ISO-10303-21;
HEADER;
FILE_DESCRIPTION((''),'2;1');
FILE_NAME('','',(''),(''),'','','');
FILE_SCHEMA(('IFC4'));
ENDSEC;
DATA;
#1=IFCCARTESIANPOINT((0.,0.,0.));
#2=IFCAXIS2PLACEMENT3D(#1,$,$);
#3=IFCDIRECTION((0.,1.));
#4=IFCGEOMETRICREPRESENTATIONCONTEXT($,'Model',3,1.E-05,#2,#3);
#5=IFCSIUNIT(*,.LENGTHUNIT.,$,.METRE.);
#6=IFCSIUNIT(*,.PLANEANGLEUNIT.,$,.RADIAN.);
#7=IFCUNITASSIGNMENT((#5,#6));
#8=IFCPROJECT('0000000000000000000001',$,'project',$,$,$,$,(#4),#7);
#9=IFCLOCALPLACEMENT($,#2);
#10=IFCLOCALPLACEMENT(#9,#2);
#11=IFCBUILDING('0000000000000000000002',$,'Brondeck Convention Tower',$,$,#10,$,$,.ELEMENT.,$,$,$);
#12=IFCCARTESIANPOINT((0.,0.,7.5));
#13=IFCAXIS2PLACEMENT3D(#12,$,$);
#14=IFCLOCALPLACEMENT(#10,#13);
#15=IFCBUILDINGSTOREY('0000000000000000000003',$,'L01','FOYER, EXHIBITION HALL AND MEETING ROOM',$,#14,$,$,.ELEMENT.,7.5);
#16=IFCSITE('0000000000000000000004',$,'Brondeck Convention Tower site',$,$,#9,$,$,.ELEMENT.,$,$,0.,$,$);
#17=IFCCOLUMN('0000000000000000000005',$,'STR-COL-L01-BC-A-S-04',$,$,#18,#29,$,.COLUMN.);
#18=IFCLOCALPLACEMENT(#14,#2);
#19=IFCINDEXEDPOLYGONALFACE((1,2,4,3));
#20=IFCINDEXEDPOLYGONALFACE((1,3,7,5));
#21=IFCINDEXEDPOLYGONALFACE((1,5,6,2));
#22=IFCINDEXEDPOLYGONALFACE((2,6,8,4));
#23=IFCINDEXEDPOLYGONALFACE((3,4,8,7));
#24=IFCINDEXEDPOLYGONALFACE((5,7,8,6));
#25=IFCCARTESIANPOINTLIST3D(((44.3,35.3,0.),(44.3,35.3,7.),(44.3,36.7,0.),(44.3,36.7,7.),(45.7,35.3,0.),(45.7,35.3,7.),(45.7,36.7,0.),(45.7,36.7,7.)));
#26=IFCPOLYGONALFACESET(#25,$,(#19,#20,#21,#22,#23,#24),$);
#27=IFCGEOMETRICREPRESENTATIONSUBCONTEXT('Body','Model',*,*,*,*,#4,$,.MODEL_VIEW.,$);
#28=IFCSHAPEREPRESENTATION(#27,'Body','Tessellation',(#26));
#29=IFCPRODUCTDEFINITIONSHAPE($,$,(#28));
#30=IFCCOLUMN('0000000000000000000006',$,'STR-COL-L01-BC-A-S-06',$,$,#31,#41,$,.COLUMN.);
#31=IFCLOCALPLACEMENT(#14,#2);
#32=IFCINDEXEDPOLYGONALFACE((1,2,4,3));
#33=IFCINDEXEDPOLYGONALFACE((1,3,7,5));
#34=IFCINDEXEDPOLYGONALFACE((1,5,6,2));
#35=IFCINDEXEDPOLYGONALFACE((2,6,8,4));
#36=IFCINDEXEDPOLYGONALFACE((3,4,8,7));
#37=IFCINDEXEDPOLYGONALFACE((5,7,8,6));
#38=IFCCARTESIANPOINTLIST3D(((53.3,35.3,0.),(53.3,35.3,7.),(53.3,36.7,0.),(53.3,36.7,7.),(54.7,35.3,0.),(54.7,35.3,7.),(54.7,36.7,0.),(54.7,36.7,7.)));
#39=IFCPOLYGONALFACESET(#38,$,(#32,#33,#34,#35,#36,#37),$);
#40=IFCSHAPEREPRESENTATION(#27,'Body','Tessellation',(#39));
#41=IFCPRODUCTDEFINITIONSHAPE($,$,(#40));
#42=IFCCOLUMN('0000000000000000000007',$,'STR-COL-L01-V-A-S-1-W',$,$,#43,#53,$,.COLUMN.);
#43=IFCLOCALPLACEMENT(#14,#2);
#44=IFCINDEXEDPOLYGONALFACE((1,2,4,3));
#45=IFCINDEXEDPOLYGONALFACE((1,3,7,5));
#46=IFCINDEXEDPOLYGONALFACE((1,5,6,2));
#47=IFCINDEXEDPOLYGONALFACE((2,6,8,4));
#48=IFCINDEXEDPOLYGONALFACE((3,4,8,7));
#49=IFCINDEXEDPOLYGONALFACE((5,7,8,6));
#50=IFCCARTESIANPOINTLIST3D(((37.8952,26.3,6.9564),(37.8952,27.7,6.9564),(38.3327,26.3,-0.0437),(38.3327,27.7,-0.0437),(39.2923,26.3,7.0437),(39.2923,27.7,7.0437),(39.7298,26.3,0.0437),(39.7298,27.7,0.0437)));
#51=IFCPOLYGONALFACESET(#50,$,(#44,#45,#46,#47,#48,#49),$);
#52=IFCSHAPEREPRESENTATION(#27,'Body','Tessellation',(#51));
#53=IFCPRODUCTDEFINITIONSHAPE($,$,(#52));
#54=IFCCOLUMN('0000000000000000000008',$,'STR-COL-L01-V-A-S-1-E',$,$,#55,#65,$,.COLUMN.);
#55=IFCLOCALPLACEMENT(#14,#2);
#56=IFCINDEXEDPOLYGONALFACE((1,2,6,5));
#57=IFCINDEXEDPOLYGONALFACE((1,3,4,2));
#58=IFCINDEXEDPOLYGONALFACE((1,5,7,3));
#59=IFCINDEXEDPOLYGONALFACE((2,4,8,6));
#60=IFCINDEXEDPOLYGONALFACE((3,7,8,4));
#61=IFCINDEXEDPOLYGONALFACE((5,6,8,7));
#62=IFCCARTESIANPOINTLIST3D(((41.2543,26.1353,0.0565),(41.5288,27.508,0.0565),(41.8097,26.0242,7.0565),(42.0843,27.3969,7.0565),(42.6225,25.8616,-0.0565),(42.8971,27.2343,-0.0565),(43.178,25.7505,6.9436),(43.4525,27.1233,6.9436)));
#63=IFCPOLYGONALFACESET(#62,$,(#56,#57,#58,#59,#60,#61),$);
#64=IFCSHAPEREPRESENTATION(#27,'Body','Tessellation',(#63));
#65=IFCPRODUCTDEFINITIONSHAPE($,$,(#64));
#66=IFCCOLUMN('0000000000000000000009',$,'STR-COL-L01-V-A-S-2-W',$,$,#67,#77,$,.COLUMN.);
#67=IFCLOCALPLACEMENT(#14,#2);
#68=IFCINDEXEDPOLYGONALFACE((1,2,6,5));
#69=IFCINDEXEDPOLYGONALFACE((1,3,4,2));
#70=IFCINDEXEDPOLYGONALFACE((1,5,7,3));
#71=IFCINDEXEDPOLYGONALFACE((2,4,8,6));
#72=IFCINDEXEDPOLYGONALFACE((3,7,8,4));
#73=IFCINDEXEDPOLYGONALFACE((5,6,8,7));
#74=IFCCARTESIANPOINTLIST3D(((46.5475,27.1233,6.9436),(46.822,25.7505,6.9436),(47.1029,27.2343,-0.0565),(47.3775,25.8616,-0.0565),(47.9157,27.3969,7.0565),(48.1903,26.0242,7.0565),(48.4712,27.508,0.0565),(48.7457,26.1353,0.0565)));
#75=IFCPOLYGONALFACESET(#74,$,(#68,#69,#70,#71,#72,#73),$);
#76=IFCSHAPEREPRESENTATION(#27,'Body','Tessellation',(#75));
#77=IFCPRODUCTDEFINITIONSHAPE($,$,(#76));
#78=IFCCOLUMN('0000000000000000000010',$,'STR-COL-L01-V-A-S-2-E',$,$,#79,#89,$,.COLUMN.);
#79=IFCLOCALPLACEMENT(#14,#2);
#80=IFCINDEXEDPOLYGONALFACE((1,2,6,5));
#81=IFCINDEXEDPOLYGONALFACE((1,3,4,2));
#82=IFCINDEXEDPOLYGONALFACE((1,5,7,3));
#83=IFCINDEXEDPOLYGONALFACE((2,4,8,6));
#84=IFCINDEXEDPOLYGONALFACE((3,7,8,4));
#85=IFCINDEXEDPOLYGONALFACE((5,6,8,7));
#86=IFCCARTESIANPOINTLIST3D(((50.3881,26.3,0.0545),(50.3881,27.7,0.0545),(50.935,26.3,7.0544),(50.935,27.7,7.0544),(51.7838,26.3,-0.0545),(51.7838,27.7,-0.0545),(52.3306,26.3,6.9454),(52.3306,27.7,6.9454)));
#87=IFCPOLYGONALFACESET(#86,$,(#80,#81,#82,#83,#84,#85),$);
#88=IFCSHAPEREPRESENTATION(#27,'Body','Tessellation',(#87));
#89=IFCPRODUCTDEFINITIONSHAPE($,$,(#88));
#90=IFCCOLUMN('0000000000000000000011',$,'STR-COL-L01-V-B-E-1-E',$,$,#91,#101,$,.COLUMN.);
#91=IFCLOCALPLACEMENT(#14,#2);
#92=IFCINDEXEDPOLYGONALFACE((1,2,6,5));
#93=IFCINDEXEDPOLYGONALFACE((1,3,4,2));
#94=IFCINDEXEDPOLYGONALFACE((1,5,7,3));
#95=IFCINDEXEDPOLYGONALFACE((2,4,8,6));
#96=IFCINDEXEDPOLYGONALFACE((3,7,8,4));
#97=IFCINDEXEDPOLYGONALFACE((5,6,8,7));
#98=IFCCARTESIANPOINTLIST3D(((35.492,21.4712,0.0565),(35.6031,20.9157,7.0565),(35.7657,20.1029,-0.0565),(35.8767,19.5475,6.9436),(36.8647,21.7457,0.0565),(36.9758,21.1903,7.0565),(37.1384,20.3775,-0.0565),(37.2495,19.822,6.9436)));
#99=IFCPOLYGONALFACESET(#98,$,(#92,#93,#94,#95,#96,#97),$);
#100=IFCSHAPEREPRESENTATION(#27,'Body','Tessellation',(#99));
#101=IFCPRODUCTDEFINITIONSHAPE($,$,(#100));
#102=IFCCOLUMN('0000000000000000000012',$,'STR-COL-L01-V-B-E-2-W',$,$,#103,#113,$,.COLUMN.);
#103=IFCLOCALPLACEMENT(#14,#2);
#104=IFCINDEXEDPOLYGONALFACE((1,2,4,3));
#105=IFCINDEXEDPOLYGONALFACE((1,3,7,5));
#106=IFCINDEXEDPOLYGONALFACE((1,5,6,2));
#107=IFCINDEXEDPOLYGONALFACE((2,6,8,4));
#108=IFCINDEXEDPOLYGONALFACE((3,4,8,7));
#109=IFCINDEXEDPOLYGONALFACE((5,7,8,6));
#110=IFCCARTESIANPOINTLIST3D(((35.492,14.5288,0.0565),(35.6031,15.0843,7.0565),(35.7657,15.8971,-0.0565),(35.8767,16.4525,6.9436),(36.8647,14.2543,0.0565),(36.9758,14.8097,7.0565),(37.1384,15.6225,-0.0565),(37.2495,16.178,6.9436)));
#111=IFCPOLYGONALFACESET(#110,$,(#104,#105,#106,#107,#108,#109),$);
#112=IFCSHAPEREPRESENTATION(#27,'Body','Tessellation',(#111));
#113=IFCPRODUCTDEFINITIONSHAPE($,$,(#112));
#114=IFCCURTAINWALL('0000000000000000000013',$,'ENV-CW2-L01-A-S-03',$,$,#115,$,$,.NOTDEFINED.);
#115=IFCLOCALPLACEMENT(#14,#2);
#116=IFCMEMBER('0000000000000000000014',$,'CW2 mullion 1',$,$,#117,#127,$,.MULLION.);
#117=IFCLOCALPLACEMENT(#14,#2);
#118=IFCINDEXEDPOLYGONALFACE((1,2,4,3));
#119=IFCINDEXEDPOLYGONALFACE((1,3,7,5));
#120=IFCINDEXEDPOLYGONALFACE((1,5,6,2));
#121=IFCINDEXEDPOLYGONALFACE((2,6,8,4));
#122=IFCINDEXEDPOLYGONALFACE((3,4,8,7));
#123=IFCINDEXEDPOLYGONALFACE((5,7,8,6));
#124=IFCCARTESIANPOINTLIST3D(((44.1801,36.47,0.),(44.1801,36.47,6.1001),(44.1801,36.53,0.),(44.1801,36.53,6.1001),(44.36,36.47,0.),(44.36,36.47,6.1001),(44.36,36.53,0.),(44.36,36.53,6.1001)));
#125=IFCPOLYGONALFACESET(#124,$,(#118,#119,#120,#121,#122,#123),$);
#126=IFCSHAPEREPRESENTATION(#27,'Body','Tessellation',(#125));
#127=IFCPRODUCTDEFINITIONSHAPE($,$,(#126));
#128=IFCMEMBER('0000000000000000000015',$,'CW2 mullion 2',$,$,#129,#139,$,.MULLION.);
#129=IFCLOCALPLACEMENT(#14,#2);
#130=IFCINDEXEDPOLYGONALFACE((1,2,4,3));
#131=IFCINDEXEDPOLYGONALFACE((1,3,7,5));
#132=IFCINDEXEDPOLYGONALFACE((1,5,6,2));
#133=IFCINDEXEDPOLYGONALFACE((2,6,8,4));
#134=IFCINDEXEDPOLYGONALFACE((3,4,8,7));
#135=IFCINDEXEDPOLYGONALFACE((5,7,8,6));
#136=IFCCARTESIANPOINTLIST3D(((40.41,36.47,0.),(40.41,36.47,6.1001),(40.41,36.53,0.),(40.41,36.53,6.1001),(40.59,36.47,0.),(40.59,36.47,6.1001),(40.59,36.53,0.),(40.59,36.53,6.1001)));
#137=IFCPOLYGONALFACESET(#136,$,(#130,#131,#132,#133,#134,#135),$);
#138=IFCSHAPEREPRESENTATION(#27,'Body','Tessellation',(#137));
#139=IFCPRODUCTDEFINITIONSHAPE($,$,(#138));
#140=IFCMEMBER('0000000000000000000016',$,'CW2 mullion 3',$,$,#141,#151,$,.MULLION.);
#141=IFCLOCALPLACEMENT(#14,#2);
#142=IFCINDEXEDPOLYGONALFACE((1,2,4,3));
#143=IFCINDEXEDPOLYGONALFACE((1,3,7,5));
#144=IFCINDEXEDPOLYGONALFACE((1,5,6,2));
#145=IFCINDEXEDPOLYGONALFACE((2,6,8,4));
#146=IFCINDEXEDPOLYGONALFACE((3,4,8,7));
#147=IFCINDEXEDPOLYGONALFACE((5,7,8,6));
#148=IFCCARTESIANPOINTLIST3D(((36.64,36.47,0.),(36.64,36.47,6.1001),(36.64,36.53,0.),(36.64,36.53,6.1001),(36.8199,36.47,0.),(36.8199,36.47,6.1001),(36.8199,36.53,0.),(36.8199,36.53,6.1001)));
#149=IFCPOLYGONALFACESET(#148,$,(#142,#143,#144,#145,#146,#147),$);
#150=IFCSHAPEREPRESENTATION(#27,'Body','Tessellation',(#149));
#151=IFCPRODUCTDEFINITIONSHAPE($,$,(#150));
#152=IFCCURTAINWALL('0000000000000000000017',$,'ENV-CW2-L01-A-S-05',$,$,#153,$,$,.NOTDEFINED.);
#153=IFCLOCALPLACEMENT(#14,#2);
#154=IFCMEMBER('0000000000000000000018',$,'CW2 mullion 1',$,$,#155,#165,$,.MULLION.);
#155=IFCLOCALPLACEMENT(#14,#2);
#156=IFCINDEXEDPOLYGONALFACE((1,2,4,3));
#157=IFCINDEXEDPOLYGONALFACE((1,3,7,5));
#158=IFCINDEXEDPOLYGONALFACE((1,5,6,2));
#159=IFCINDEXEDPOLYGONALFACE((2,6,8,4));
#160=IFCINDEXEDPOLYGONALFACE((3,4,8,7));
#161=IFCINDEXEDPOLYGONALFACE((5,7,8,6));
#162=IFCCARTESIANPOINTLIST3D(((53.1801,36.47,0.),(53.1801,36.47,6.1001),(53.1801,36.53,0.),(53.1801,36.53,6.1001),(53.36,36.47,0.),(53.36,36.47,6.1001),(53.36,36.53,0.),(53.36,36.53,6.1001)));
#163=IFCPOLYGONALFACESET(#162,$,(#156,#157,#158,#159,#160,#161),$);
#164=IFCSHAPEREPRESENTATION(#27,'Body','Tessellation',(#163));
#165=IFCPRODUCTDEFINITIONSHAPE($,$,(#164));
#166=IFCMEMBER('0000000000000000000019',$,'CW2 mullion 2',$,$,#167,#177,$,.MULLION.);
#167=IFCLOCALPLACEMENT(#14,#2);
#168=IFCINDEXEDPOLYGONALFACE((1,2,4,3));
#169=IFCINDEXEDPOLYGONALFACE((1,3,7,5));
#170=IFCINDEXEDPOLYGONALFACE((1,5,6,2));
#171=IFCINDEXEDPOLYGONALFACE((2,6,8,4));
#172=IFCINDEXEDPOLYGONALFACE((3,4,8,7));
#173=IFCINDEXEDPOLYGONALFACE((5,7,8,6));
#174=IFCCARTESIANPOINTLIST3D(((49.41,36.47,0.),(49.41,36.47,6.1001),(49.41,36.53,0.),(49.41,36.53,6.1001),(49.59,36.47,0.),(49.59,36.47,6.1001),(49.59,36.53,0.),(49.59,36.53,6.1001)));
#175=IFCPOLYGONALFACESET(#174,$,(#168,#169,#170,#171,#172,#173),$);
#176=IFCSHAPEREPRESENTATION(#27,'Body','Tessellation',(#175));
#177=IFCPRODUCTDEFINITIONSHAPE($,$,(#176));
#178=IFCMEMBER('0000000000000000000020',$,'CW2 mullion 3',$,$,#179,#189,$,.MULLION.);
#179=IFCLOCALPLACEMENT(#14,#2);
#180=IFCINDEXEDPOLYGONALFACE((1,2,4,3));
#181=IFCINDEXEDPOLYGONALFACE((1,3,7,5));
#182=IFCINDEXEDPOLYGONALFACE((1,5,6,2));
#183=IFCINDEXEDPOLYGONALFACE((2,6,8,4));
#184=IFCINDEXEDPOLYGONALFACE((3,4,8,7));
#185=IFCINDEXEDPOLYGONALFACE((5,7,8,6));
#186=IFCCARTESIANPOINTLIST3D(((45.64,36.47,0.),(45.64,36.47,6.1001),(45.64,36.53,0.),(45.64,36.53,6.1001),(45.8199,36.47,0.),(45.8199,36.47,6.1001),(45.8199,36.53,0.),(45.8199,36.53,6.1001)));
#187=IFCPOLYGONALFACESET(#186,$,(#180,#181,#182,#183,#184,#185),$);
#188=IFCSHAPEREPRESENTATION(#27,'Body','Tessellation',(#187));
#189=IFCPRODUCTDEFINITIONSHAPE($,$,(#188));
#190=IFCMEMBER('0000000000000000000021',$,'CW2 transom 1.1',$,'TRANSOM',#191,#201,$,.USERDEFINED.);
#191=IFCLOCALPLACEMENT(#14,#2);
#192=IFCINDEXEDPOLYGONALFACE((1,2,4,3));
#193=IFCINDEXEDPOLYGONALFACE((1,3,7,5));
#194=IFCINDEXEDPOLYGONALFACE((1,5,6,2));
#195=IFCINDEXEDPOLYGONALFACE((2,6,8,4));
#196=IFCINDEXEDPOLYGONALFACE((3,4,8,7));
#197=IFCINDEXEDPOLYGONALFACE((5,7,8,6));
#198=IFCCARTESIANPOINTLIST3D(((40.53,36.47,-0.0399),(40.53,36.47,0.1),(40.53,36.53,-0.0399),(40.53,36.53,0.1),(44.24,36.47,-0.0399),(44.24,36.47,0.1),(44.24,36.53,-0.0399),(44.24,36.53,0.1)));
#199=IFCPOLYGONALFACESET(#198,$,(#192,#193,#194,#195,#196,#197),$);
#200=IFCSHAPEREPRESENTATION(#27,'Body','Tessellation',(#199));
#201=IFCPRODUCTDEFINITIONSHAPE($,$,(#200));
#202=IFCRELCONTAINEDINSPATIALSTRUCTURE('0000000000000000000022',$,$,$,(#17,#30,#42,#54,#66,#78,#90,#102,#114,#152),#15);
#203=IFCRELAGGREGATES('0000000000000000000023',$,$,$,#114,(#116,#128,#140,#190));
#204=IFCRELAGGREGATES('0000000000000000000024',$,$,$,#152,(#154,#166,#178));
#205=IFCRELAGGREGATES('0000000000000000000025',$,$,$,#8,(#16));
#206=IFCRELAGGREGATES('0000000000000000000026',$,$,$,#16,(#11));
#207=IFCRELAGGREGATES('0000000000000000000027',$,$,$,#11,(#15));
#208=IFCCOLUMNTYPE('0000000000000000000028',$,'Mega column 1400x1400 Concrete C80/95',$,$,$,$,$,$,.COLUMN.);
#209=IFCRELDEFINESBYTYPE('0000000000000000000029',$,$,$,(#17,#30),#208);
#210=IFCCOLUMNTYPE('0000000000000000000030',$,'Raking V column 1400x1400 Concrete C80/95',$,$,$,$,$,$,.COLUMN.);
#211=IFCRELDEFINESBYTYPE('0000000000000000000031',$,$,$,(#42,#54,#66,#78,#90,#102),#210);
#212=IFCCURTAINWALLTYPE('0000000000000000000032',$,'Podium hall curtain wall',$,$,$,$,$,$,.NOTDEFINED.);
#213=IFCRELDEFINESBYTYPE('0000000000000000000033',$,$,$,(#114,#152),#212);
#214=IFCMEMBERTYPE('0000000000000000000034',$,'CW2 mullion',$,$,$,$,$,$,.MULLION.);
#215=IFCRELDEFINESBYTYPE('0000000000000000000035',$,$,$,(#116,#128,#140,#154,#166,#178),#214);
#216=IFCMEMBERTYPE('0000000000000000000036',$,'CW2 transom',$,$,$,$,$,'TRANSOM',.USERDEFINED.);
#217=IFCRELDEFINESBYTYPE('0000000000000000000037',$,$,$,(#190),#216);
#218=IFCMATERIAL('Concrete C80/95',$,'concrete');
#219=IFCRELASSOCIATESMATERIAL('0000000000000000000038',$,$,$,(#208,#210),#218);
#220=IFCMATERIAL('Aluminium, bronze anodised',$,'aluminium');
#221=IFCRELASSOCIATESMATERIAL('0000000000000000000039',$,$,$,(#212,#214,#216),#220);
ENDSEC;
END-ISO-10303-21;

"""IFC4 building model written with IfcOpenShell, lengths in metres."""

from ifc_helpers import new_model, si_unit, direction, frame, origin, origin_2d, place, context, subcontext, project, spatial, rectangle, extrude, material, material_profile, profile_set, type_object, element, aggregate, save


model = new_model("IFC4")

# Units and contexts
model_context = context("Model", 3, precision=1e-05, world=origin(), true_north=direction((0.0, 1.0)))
body_context = subcontext(model_context, "Body", "Model", "MODEL_VIEW")
ifc_project = project(units=[si_unit("LENGTHUNIT", "METRE"), si_unit("PLANEANGLEUNIT", "RADIAN")], contexts=[model_context])

# Site, building, storey
site_placement = place(None, origin())
site = spatial("IfcSite", under=ifc_project, at=site_placement, Name="Brondeck Convention Tower site", CompositionType="ELEMENT", RefElevation=0.0)
building_placement = place(site_placement, origin())
building = spatial("IfcBuilding", under=site, at=building_placement, Name="Brondeck Convention Tower", CompositionType="ELEMENT")
storey_placement = place(building_placement, frame((0.0, 0.0, 7.5)))
storey = spatial("IfcBuildingStorey", under=building, at=storey_placement, Name="L01", Description="FOYER, EXHIBITION HALL AND MEETING ROOM", CompositionType="ELEMENT", Elevation=7.5)

# Columns
ifc_material_1 = material(Name="Concrete C80/95", Category="concrete")
ifc_material_profile_1 = material_profile(ifc_material_1, rectangle(XDim=1.3999, YDim=1.3999, at=origin_2d()), Name="Mega column 1400x1400 Concrete C80/95")
ifc_profile_set_1 = profile_set([ifc_material_profile_1], Name="Concrete C80/95")
column_type_1 = type_object("IfcColumnType", Name="Mega column 1400x1400 Concrete C80/95", PredefinedType="COLUMN", material=ifc_profile_set_1)
for number, where, z_axis, x_axis, name in (
    (1, (45.0, 36.0, 0.0), (0.0, 0.0, 1.0), (1.0, 0.0, 0.0), "STR-COL-L01-BC-A-S-04"),
    (2, (54.0, 36.0, 0.0), (0.0, 0.0, 1.0), (1.0, 0.0, 0.0), "STR-COL-L01-BC-A-S-06"),
):
    element("IfcColumn", number, at=place(storey_placement, frame(where, z_axis=z_axis, x_axis=x_axis)), inside=storey, type_object=column_type_1, Name=name, PredefinedType="COLUMN", context=body_context, shape_type="SweptSolid", body=[
        extrude(rectangle(XDim=1.3999, YDim=1.3999, at=origin_2d()), origin(), (0.0, 0.0, 1.0), 7.0),
    ])
ifc_material_profile_2 = material_profile(ifc_material_1, rectangle(XDim=1.3999, YDim=1.3999, at=origin_2d()), Name="Raking V column 1400x1400 Concrete C80/95")
ifc_profile_set_2 = profile_set([ifc_material_profile_2], Name="Concrete C80/95")
column_type_2 = type_object("IfcColumnType", Name="Raking V column 1400x1400 Concrete C80/95", PredefinedType="COLUMN", material=ifc_profile_set_2)
column_1_placement = place(storey_placement, frame((39.0312, 27.0, 0.0), z_axis=(-0.062378, 0.0, 0.998053), x_axis=(0.0, -1.0, 0.0)))
element("IfcColumn", 3, at=column_1_placement, inside=storey, type_object=column_type_2, Name="STR-COL-L01-V-A-S-1-W", PredefinedType="COLUMN", context=body_context, shape_type="SweptSolid", body=[
    extrude(rectangle(XDim=1.3999, YDim=1.3999, at=origin_2d()), origin(), (0.0, 0.0, 1.0), 7.0137),
])
for number, where, z_axis, x_axis, name in (
    (4, (42.0757, 26.6848, 0.0), (0.079087, -0.015817, 0.996742), (0.196116, 0.980581, 0.0), "STR-COL-L01-V-A-S-1-E"),
    (5, (47.9243, 26.6848, 0.0), (-0.079087, -0.015817, 0.996742), (0.196116, -0.980581, 0.0), "STR-COL-L01-V-A-S-2-W"),
):
    element("IfcColumn", number, at=place(storey_placement, frame(where, z_axis=z_axis, x_axis=x_axis)), inside=storey, type_object=column_type_2, Name=name, PredefinedType="COLUMN", context=body_context, shape_type="SweptSolid", body=[
        extrude(rectangle(XDim=1.3999, YDim=1.3999, at=origin_2d()), origin(), (0.0, 0.0, 1.0), 7.0229),
    ])
column_2_placement = place(storey_placement, frame((51.0859, 27.0, 0.0), z_axis=(0.077888, 0.0, 0.996962), x_axis=(0.0, 1.0, 0.0)))
element("IfcColumn", 6, at=column_2_placement, inside=storey, type_object=column_type_2, Name="STR-COL-L01-V-A-S-2-E", PredefinedType="COLUMN", context=body_context, shape_type="SweptSolid", body=[
    extrude(rectangle(XDim=1.3999, YDim=1.3999, at=origin_2d()), origin(), (0.0, 0.0, 1.0), 7.0212),
])
for number, where, z_axis, x_axis, name in (
    (7, (36.3152, 20.9243, 0.0), (0.015817, -0.079087, 0.996742), (0.980581, 0.196116, 0.0), "STR-COL-L01-V-B-E-1-E"),
    (8, (36.3152, 15.0757, 0.0), (0.015817, 0.079087, 0.996742), (-0.980581, 0.196116, 0.0), "STR-COL-L01-V-B-E-2-W"),
):
    element("IfcColumn", number, at=place(storey_placement, frame(where, z_axis=z_axis, x_axis=x_axis)), inside=storey, type_object=column_type_2, Name=name, PredefinedType="COLUMN", context=body_context, shape_type="SweptSolid", body=[
        extrude(rectangle(XDim=1.3999, YDim=1.3999, at=origin_2d()), origin(), (0.0, 0.0, 1.0), 7.0229),
    ])

# Curtain walls, members
ifc_material_2 = material(Name="Aluminium, bronze anodised", Category="aluminium")
curtain_wall_type = type_object("IfcCurtainWallType", Name="Podium hall curtain wall", PredefinedType="NOTDEFINED", material=ifc_material_2)
curtain_wall_1_placement = place(storey_placement, origin())
curtain_wall_1 = element("IfcCurtainWall", 9, at=curtain_wall_1_placement, inside=storey, type_object=curtain_wall_type, Name="ENV-CW2-L01-A-S-03", PredefinedType="NOTDEFINED")
ifc_material_profile_3 = material_profile(ifc_material_2, rectangle(XDim=0.0601, YDim=0.1799, at=origin_2d()), Name="CW2 mullion")
ifc_profile_set_3 = profile_set([ifc_material_profile_3], Name="Aluminium, bronze anodised")
member_type_1 = type_object("IfcMemberType", Name="CW2 mullion", PredefinedType="MULLION", material=ifc_profile_set_3)
member_1_placement = place(storey_placement, frame((44.27, 36.5, 0.0), z_axis=(0.0, 0.0, 1.0), x_axis=(0.0, -1.0, 0.0)))
member_1 = element("IfcMember", 10, at=member_1_placement, type_object=member_type_1, Name="CW2 mullion 1", PredefinedType="MULLION", context=body_context, shape_type="SweptSolid", body=[
    extrude(rectangle(XDim=0.0601, YDim=0.1799, at=origin_2d()), origin(), (0.0, 0.0, 1.0), 6.1001),
])
member_2_placement = place(storey_placement, frame((40.5, 36.5, 0.0), z_axis=(0.0, 0.0, 1.0), x_axis=(0.0, -1.0, 0.0)))
member_2 = element("IfcMember", 11, at=member_2_placement, type_object=member_type_1, Name="CW2 mullion 2", PredefinedType="MULLION", context=body_context, shape_type="SweptSolid", body=[
    extrude(rectangle(XDim=0.0601, YDim=0.1799, at=origin_2d()), origin(), (0.0, 0.0, 1.0), 6.1001),
])
member_3_placement = place(storey_placement, frame((36.73, 36.5, 0.0), z_axis=(0.0, 0.0, 1.0), x_axis=(0.0, -1.0, 0.0)))
member_3 = element("IfcMember", 12, at=member_3_placement, type_object=member_type_1, Name="CW2 mullion 3", PredefinedType="MULLION", context=body_context, shape_type="SweptSolid", body=[
    extrude(rectangle(XDim=0.0601, YDim=0.1799, at=origin_2d()), origin(), (0.0, 0.0, 1.0), 6.1001),
])
curtain_wall_2_placement = place(storey_placement, origin())
curtain_wall_2 = element("IfcCurtainWall", 13, at=curtain_wall_2_placement, inside=storey, type_object=curtain_wall_type, Name="ENV-CW2-L01-A-S-05", PredefinedType="NOTDEFINED")
member_4_placement = place(storey_placement, frame((53.27, 36.5, 0.0), z_axis=(0.0, 0.0, 1.0), x_axis=(0.0, -1.0, 0.0)))
member_4 = element("IfcMember", 14, at=member_4_placement, type_object=member_type_1, Name="CW2 mullion 1", PredefinedType="MULLION", context=body_context, shape_type="SweptSolid", body=[
    extrude(rectangle(XDim=0.0601, YDim=0.1799, at=origin_2d()), origin(), (0.0, 0.0, 1.0), 6.1001),
])
member_5_placement = place(storey_placement, frame((49.5, 36.5, 0.0), z_axis=(0.0, 0.0, 1.0), x_axis=(0.0, -1.0, 0.0)))
member_5 = element("IfcMember", 15, at=member_5_placement, type_object=member_type_1, Name="CW2 mullion 2", PredefinedType="MULLION", context=body_context, shape_type="SweptSolid", body=[
    extrude(rectangle(XDim=0.0601, YDim=0.1799, at=origin_2d()), origin(), (0.0, 0.0, 1.0), 6.1001),
])
member_6_placement = place(storey_placement, frame((45.73, 36.5, 0.0), z_axis=(0.0, 0.0, 1.0), x_axis=(0.0, -1.0, 0.0)))
member_6 = element("IfcMember", 16, at=member_6_placement, type_object=member_type_1, Name="CW2 mullion 3", PredefinedType="MULLION", context=body_context, shape_type="SweptSolid", body=[
    extrude(rectangle(XDim=0.0601, YDim=0.1799, at=origin_2d()), origin(), (0.0, 0.0, 1.0), 6.1001),
])

# Member
ifc_material_profile_4 = material_profile(ifc_material_2, rectangle(XDim=0.0601, YDim=0.1399, at=origin_2d()), Name="CW2 transom")
ifc_profile_set_4 = profile_set([ifc_material_profile_4], Name="Aluminium, bronze anodised")
member_type_2 = type_object("IfcMemberType", Name="CW2 transom", ElementType="TRANSOM", PredefinedType="USERDEFINED", material=ifc_profile_set_4)
member_7_placement = place(storey_placement, frame((44.24, 36.5, 0.03), z_axis=(-1.0, 0.0, 0.0), x_axis=(0.0, -1.0, 0.0)))
member_7 = element("IfcMember", 17, at=member_7_placement, type_object=member_type_2, Name="CW2 transom 1.1", ObjectType="TRANSOM", PredefinedType="USERDEFINED", context=body_context, shape_type="SweptSolid", body=[
    extrude(rectangle(XDim=0.0601, YDim=0.1399, at=origin_2d()), origin(), (0.0, 0.0, 1.0), 3.71),
])

aggregate(curtain_wall_1, [member_1, member_2, member_3, member_7])
aggregate(curtain_wall_2, [member_4, member_5, member_6])

save(model, "model.ifc")
